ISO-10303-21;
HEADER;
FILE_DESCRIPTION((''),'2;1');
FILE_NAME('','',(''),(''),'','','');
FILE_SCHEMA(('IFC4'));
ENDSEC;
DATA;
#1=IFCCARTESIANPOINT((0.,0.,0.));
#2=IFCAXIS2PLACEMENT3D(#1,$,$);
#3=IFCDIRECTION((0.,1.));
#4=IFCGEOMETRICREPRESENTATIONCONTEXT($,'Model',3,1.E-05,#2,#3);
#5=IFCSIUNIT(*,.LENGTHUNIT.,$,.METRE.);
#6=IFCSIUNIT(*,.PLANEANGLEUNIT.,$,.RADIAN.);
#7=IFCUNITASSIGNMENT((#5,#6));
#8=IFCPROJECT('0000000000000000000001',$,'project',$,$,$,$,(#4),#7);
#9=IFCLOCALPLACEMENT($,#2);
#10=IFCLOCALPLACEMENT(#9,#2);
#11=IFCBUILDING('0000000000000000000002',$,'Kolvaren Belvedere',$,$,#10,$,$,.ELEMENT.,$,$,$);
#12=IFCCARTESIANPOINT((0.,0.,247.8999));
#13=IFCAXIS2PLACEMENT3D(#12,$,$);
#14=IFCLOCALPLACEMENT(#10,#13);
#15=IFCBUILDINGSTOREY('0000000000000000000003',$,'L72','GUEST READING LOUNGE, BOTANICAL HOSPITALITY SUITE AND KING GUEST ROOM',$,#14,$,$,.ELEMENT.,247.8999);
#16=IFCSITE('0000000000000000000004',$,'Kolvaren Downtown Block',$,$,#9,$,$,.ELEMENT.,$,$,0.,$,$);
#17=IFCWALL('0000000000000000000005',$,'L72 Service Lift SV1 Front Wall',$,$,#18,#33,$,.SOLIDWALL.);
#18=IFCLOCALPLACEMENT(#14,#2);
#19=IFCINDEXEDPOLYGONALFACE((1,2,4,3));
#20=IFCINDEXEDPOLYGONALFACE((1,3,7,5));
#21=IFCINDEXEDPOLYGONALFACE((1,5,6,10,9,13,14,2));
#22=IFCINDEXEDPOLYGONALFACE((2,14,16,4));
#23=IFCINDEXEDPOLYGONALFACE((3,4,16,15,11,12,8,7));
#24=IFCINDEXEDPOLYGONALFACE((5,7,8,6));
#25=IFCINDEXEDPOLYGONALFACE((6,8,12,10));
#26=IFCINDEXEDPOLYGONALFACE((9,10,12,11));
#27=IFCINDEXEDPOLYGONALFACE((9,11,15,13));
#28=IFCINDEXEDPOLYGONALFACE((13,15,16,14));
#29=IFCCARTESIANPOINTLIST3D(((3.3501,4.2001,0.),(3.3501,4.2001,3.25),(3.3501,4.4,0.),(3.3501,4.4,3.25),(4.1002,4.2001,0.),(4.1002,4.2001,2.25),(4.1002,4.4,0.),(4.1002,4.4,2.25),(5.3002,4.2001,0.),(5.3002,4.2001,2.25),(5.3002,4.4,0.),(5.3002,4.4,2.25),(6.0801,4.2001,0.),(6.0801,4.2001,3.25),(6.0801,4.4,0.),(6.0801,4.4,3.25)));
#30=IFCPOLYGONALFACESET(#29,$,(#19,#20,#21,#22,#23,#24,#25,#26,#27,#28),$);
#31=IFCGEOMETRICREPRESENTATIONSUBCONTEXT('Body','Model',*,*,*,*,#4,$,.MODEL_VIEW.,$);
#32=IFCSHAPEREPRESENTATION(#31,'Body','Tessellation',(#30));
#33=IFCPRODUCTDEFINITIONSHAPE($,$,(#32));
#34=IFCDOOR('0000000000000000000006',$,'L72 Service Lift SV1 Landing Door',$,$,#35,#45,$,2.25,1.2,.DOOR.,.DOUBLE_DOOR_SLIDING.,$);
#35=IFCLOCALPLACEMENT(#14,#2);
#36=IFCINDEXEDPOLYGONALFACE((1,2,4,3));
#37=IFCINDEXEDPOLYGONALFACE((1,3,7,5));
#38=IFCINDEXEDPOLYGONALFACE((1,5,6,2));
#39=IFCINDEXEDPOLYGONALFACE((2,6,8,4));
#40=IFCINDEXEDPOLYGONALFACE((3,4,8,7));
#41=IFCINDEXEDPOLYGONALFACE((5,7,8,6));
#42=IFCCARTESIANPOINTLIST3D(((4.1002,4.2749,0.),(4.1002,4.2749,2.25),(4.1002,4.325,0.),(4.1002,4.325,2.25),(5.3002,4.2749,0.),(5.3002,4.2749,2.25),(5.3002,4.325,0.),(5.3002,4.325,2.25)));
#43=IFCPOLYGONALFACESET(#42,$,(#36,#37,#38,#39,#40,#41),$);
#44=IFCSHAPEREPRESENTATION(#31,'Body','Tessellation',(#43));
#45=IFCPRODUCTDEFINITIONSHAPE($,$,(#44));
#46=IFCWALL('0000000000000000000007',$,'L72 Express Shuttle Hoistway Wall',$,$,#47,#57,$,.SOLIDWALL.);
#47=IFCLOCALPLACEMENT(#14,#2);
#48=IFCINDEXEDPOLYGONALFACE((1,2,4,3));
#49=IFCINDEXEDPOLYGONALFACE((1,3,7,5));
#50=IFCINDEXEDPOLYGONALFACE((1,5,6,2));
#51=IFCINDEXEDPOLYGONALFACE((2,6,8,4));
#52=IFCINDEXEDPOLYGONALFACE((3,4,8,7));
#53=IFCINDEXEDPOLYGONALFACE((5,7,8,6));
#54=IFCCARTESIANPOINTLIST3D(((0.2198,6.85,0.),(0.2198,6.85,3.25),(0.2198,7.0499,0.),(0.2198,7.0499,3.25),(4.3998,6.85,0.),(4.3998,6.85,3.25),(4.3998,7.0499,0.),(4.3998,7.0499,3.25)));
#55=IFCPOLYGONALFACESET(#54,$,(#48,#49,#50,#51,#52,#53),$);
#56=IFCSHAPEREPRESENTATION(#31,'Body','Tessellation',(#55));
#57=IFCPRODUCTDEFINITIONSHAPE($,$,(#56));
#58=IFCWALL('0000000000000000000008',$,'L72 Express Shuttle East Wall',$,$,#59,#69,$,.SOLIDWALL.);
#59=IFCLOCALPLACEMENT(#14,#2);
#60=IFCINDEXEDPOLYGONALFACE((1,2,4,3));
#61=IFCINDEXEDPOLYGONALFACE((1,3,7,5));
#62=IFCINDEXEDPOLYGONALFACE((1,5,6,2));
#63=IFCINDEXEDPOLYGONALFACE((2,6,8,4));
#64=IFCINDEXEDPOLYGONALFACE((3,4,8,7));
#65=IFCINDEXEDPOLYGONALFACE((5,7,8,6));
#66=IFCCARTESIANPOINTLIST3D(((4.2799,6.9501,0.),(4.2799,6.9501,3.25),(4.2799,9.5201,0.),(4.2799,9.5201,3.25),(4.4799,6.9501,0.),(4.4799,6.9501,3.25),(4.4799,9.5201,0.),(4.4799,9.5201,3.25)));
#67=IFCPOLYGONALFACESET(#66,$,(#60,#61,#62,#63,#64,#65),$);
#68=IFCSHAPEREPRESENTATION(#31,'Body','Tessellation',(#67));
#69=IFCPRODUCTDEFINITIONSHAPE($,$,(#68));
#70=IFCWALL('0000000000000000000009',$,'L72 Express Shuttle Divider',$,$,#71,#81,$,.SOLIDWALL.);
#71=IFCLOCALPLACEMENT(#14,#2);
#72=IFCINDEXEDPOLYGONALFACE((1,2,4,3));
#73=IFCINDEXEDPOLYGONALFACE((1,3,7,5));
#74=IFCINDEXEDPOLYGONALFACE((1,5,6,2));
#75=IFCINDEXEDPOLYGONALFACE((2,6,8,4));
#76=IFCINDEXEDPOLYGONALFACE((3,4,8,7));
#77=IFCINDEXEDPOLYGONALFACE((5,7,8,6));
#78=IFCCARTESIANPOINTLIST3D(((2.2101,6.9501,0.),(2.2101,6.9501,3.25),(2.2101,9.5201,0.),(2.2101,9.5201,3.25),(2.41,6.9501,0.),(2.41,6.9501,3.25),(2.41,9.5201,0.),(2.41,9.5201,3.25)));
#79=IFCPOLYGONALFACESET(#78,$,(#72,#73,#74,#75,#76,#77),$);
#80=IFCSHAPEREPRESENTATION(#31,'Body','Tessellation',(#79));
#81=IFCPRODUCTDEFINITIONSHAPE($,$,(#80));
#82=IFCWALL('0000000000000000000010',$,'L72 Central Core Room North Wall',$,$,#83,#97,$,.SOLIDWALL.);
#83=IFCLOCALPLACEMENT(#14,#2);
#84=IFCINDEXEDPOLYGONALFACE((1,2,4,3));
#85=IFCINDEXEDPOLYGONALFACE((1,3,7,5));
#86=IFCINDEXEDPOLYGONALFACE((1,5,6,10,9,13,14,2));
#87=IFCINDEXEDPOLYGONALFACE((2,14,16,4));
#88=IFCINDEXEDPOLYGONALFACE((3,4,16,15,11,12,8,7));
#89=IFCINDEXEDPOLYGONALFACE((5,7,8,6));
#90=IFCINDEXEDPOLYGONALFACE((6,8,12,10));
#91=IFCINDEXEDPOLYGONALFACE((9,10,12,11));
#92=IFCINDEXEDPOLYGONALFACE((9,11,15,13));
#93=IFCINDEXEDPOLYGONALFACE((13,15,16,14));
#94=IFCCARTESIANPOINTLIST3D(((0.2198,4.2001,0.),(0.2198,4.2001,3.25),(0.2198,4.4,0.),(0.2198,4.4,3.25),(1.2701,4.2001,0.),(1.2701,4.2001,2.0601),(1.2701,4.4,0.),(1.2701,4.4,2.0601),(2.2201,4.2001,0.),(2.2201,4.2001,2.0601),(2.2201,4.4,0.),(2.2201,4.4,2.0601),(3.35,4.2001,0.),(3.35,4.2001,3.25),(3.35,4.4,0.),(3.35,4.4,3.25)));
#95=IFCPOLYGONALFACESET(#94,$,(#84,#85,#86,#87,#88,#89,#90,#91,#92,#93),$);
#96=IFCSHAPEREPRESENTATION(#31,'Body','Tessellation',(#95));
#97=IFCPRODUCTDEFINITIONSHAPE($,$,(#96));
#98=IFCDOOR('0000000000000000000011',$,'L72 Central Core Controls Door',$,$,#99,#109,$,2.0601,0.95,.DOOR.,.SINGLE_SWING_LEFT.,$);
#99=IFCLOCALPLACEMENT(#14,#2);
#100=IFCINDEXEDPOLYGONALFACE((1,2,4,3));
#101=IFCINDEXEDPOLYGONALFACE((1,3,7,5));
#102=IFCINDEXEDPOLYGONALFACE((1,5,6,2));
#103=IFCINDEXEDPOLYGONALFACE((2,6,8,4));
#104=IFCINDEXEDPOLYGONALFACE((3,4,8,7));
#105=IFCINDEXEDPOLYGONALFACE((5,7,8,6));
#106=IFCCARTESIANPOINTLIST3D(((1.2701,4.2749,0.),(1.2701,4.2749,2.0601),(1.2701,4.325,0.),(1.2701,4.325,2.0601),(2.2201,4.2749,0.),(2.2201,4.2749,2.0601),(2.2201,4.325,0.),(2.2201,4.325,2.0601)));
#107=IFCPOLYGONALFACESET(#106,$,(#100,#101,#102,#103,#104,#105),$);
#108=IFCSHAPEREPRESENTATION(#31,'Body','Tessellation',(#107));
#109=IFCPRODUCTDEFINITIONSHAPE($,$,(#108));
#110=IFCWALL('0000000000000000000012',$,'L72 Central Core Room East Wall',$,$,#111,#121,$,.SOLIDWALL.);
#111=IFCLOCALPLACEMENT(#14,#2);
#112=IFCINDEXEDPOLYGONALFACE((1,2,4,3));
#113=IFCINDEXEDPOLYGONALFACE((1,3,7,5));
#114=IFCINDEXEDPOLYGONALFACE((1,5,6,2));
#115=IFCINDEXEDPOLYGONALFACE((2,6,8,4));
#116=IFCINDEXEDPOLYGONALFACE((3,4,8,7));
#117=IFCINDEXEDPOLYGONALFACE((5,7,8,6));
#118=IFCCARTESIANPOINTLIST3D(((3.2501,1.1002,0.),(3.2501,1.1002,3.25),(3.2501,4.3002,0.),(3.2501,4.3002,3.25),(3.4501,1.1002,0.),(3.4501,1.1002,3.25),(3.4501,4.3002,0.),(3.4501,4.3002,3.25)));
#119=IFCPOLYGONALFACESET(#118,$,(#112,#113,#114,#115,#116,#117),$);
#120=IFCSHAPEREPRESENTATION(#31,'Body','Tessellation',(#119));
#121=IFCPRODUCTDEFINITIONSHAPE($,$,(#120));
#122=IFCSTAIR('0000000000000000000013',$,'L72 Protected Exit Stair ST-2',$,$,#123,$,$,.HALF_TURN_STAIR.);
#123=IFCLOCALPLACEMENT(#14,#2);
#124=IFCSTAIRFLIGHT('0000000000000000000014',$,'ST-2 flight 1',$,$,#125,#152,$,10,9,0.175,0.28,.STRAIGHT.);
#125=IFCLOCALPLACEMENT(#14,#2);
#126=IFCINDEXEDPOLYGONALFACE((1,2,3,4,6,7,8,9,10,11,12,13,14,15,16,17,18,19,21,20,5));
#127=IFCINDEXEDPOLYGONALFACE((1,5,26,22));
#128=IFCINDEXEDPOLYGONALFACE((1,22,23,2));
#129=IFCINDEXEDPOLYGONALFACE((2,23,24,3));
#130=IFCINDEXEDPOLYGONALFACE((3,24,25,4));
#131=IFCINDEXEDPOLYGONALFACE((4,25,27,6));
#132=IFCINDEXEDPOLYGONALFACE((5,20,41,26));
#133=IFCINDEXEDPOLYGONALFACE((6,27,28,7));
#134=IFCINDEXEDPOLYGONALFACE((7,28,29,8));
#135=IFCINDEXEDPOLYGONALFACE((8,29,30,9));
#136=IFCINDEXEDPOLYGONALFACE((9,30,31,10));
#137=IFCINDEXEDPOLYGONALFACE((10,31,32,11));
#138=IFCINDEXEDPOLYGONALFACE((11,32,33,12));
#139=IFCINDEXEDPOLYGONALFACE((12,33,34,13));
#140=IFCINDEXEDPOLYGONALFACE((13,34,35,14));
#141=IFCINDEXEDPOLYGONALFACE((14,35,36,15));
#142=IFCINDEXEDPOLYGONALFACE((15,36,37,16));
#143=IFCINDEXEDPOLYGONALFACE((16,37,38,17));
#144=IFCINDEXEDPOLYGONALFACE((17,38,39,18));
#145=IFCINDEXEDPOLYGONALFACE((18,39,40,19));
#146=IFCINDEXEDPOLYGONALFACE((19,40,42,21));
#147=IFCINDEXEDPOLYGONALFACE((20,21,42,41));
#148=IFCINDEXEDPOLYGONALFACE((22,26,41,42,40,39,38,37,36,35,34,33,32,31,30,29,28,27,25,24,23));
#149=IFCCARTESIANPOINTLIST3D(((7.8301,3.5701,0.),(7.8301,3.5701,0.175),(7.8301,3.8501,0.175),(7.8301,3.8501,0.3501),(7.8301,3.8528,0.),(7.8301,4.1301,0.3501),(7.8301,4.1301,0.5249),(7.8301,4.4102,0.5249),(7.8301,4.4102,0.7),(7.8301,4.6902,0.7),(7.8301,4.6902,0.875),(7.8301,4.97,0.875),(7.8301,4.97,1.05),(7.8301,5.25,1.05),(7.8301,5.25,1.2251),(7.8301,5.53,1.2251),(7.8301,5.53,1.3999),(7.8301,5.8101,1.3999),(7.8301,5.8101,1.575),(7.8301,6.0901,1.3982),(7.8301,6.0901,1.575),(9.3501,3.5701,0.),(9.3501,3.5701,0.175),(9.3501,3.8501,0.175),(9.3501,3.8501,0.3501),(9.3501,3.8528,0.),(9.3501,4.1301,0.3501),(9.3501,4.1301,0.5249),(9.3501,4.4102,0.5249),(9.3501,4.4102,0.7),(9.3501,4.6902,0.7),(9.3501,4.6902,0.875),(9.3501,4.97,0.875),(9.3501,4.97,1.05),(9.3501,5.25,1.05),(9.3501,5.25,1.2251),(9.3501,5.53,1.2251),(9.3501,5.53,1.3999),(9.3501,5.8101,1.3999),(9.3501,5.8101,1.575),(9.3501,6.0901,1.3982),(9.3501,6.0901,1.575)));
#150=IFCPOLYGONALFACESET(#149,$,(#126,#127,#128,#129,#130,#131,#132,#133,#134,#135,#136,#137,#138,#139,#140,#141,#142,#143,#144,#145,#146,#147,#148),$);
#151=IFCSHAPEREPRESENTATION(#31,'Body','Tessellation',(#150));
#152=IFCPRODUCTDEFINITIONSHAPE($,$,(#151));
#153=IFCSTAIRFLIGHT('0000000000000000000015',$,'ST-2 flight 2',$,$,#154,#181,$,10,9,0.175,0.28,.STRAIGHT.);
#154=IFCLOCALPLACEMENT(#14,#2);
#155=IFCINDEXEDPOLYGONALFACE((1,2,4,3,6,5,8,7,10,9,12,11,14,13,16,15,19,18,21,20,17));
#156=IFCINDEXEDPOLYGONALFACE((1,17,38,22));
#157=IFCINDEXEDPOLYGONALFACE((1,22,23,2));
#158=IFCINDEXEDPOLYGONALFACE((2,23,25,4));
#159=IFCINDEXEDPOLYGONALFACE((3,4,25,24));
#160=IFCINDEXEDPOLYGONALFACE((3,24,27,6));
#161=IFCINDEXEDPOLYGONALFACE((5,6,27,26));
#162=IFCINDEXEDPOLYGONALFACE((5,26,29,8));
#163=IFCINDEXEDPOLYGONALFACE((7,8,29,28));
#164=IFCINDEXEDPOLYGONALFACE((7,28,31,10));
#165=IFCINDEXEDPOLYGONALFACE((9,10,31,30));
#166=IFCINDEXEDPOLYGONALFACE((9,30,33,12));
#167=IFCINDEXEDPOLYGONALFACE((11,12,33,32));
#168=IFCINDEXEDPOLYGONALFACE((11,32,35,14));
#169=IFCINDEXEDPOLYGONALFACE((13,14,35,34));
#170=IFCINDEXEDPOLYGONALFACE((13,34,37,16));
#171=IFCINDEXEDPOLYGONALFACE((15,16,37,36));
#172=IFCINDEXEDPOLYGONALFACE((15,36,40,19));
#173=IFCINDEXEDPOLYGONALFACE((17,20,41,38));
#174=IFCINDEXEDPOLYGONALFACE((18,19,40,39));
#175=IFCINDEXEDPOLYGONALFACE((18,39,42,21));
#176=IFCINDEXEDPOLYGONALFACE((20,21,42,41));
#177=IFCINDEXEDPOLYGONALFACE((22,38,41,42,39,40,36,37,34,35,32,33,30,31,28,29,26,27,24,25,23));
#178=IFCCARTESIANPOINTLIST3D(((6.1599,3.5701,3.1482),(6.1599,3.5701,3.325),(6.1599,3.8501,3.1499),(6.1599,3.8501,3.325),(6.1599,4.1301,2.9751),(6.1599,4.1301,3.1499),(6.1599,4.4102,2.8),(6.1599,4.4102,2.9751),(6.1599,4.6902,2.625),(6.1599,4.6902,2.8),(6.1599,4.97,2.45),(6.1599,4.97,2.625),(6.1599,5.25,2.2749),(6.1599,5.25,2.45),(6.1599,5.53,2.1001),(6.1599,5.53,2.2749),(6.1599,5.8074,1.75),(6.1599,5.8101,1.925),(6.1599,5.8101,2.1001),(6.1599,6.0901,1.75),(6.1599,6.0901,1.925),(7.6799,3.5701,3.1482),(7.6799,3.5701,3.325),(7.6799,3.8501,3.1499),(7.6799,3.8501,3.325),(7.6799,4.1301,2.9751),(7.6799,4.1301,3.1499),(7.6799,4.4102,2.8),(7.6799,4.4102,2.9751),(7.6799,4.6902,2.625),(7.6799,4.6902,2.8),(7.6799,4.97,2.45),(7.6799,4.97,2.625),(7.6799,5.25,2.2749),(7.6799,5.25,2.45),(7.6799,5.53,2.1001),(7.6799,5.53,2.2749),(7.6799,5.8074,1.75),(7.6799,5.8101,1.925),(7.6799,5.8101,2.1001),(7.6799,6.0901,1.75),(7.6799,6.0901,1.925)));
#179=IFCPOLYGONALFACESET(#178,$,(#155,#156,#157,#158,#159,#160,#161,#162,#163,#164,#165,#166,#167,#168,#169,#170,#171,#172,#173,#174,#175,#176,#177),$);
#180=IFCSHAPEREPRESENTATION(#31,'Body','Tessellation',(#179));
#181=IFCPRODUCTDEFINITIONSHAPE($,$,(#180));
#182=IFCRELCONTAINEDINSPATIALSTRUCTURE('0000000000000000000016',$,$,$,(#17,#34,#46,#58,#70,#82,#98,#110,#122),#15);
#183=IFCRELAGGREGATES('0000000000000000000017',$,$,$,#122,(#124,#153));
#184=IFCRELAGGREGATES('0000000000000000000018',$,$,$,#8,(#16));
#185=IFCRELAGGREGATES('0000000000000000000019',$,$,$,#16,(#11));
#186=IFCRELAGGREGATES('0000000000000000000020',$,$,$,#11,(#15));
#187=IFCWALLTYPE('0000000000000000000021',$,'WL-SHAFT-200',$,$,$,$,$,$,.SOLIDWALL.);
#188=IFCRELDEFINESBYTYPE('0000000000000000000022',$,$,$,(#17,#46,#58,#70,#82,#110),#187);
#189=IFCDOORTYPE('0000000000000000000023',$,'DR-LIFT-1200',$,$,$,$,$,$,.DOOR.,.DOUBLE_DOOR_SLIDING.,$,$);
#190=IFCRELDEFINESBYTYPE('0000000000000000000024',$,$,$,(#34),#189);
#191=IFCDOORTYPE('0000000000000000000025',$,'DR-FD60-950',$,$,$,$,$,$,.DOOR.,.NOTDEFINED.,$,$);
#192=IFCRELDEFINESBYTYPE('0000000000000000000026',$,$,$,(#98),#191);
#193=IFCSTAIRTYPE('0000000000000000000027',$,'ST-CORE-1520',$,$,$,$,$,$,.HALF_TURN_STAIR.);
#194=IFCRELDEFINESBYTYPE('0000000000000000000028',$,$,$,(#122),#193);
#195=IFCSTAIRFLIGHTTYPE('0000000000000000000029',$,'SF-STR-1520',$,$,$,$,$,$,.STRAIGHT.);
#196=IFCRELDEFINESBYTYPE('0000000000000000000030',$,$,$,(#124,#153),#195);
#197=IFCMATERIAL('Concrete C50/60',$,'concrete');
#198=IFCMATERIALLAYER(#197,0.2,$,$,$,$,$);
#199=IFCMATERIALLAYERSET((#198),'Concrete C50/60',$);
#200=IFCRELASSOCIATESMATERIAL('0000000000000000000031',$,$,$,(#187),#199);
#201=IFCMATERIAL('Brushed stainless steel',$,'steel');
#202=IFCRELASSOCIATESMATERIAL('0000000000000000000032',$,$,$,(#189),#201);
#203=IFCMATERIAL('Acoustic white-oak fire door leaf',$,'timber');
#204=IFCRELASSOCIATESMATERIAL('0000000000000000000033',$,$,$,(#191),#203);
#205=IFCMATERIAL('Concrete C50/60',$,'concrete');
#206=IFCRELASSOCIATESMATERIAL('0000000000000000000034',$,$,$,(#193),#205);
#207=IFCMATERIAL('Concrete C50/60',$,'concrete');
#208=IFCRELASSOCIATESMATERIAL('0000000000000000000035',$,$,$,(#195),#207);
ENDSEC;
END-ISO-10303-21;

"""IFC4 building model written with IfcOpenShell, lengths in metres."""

from ifc_helpers import new_model, si_unit, direction, frame, frame_2d, origin, place, context, subcontext, project, spatial, polyline, rectangle, outline, extrude, material, layer, layer_set, type_object, element, fill, aggregate, save


model = new_model("IFC4")

# Units and contexts
model_context = context("Model", 3, precision=1e-05, world=origin(), true_north=direction((0.0, 1.0)))
body_context = subcontext(model_context, "Body", "Model", "MODEL_VIEW")
ifc_project = project(units=[si_unit("LENGTHUNIT", "METRE"), si_unit("PLANEANGLEUNIT", "RADIAN")], contexts=[model_context])

# Site, building, storey
site_placement = place(None, origin())
site = spatial("IfcSite", under=ifc_project, at=site_placement, Name="Kolvaren Downtown Block", CompositionType="ELEMENT", RefElevation=0.0)
building_placement = place(site_placement, origin())
building = spatial("IfcBuilding", under=site, at=building_placement, Name="Kolvaren Belvedere", CompositionType="ELEMENT")
storey_placement = place(building_placement, frame((0.0, 0.0, 247.8999)))
storey = spatial("IfcBuildingStorey", under=building, at=storey_placement, Name="L72", Description="GUEST READING LOUNGE, BOTANICAL HOSPITALITY SUITE AND KING GUEST ROOM", CompositionType="ELEMENT", Elevation=247.8999)

# Shared definitions
ifc_material_1 = material(Name="Concrete C50/60", Category="concrete")
ifc_layer_1 = layer(ifc_material_1, 0.2)
ifc_layer_set_1 = layer_set([ifc_layer_1], Name="Concrete C50/60")
wall_type_1 = type_object("IfcWallType", Name="WL-SHAFT-200", PredefinedType="SOLIDWALL", material=ifc_layer_set_1)

# Wall, opening, door
wall_1_placement = place(storey_placement, frame((3.3501, 4.3, 0.0), z_axis=(0.0, 0.0, 1.0), x_axis=(1.0, 0.0, 0.0)))
wall_1 = element("IfcWall", 1, at=wall_1_placement, inside=storey, type_object=wall_type_1, Name="L72 Service Lift SV1 Front Wall", PredefinedType="SOLIDWALL", context=body_context, shape_type="SweptSolid", body=[
    extrude(rectangle(XDim=2.73, YDim=0.2, at=frame_2d((1.365, 0.0))), origin(), (0.0, 0.0, 1.0), 3.25),
])
opening_1_placement = place(wall_1_placement, frame((0.75, 0.0, 0.0)))
opening_1 = element("IfcOpeningElement", 2, at=opening_1_placement, cuts=wall_1, PredefinedType="OPENING", context=body_context, shape_type="SweptSolid", body=[
    extrude(rectangle(XDim=1.2, YDim=2.25, at=frame_2d((0.6001, 1.125))), frame((0.0, 0.1099, 0.0), z_axis=(0.0, -1.0, 0.0), x_axis=(1.0, 0.0, 0.0)), (0.0, 0.0, 1.0), 0.22),
])
ifc_material_2 = material(Name="Brushed stainless steel", Category="steel")
door_type_1 = type_object("IfcDoorType", Name="DR-LIFT-1200", OperationType="DOUBLE_DOOR_SLIDING", PredefinedType="DOOR", material=ifc_material_2)
door_1_placement = place(opening_1_placement, origin())
door_1 = element("IfcDoor", 3, at=door_1_placement, inside=storey, type_object=door_type_1, Name="L72 Service Lift SV1 Landing Door", OperationType="DOUBLE_DOOR_SLIDING", OverallHeight=2.25, OverallWidth=1.2, PredefinedType="DOOR", context=body_context, shape_type="SweptSolid", body=[
    extrude(rectangle(XDim=1.2, YDim=2.25, at=frame_2d((0.6001, 1.125))), frame((0.0, 0.0249, 0.0), z_axis=(0.0, -1.0, 0.0), x_axis=(1.0, 0.0, 0.0)), (0.0, 0.0, 1.0), 0.05),
])
fill(opening_1, door_1)

# Walls
wall_2_placement = place(storey_placement, frame((0.22, 6.95, 0.0), z_axis=(0.0, 0.0, 1.0), x_axis=(1.0, 0.0, 0.0)))
element("IfcWall", 4, at=wall_2_placement, inside=storey, type_object=wall_type_1, Name="L72 Express Shuttle Hoistway Wall", PredefinedType="SOLIDWALL", context=body_context, shape_type="SweptSolid", body=[
    extrude(rectangle(XDim=4.1799, YDim=0.2, at=frame_2d((2.0898, 0.0))), origin(), (0.0, 0.0, 1.0), 3.25),
])
for number, where, z_axis, x_axis, name in (
    (5, (4.3799, 6.95, 0.0), (0.0, 0.0, 1.0), (0.0, 1.0, 0.0), "L72 Express Shuttle East Wall"),
    (6, (2.3101, 6.95, 0.0), (0.0, 0.0, 1.0), (0.0, 1.0, 0.0), "L72 Express Shuttle Divider"),
):
    element("IfcWall", number, at=place(storey_placement, frame(where, z_axis=z_axis, x_axis=x_axis)), inside=storey, type_object=wall_type_1, Name=name, PredefinedType="SOLIDWALL", context=body_context, shape_type="SweptSolid", body=[
        extrude(rectangle(XDim=2.5701, YDim=0.2, at=frame_2d((1.2852, 0.0))), origin(), (0.0, 0.0, 1.0), 3.25),
    ])

# Wall, opening, door
wall_3_placement = place(storey_placement, frame((0.22, 4.3, 0.0), z_axis=(0.0, 0.0, 1.0), x_axis=(1.0, 0.0, 0.0)))
wall_3 = element("IfcWall", 7, at=wall_3_placement, inside=storey, type_object=wall_type_1, Name="L72 Central Core Room North Wall", PredefinedType="SOLIDWALL", context=body_context, shape_type="SweptSolid", body=[
    extrude(rectangle(XDim=3.1301, YDim=0.2, at=frame_2d((1.5649, 0.0))), origin(), (0.0, 0.0, 1.0), 3.25),
])
opening_2_placement = place(wall_3_placement, frame((1.05, 0.0, 0.0)))
opening_2 = element("IfcOpeningElement", 8, at=opening_2_placement, cuts=wall_3, PredefinedType="OPENING", context=body_context, shape_type="SweptSolid", body=[
    extrude(rectangle(XDim=0.95, YDim=2.0601, at=frame_2d((0.4751, 1.03))), frame((0.0, 0.1099, 0.0), z_axis=(0.0, -1.0, 0.0), x_axis=(1.0, 0.0, 0.0)), (0.0, 0.0, 1.0), 0.22),
])
ifc_material_3 = material(Name="Acoustic white-oak fire door leaf", Category="timber")
door_type_2 = type_object("IfcDoorType", Name="DR-FD60-950", OperationType="NOTDEFINED", PredefinedType="DOOR", material=ifc_material_3)
door_2_placement = place(opening_2_placement, origin())
door_2 = element("IfcDoor", 9, at=door_2_placement, inside=storey, type_object=door_type_2, Name="L72 Central Core Controls Door", OperationType="SINGLE_SWING_LEFT", OverallHeight=2.0601, OverallWidth=0.95, PredefinedType="DOOR", context=body_context, shape_type="SweptSolid", body=[
    extrude(rectangle(XDim=0.95, YDim=2.0601, at=frame_2d((0.4751, 1.03))), frame((0.0, 0.0249, 0.0), z_axis=(0.0, -1.0, 0.0), x_axis=(1.0, 0.0, 0.0)), (0.0, 0.0, 1.0), 0.05),
])
fill(opening_2, door_2)

# Wall
wall_4_placement = place(storey_placement, frame((3.3501, 1.1001, 0.0), z_axis=(0.0, 0.0, 1.0), x_axis=(0.0, 1.0, 0.0)))
element("IfcWall", 10, at=wall_4_placement, inside=storey, type_object=wall_type_1, Name="L72 Central Core Room East Wall", PredefinedType="SOLIDWALL", context=body_context, shape_type="SweptSolid", body=[
    extrude(rectangle(XDim=3.2, YDim=0.2, at=frame_2d((1.6001, 0.0))), origin(), (0.0, 0.0, 1.0), 3.25),
])

# Stair, stair flights
ifc_material_4 = material(Name="Concrete C50/60", Category="concrete")
stair_type = type_object("IfcStairType", Name="ST-CORE-1520", PredefinedType="HALF_TURN_STAIR", material=ifc_material_4)
stair_placement = place(storey_placement, origin())
stair = element("IfcStair", 11, at=stair_placement, inside=storey, type_object=stair_type, Name="L72 Protected Exit Stair ST-2", PredefinedType="HALF_TURN_STAIR")
ifc_material_5 = material(Name="Concrete C50/60", Category="concrete")
stair_flight_type = type_object("IfcStairFlightType", Name="SF-STR-1520", PredefinedType="STRAIGHT", material=ifc_material_5)
stair_flight_1_placement = place(storey_placement, frame((8.5901, 3.5701, 0.0), z_axis=(0.0, 0.0, 1.0), x_axis=(0.0, 1.0, 0.0)))
stair_flight_1 = element("IfcStairFlight", 12, at=stair_flight_1_placement, type_object=stair_flight_type, Name="ST-2 flight 1", NumberOfRisers=10, NumberOfTreads=9, PredefinedType="STRAIGHT", RiserHeight=0.175, TreadLength=0.28, context=body_context, shape_type="SweptSolid", body=[
    extrude(outline(polyline([(0.0, 0.0), (0.0, 0.175), (0.28, 0.175), (0.28, 0.3501), (0.5601, 0.3501), (0.5601, 0.5249), (0.8401, 0.5249), (0.8401, 0.7), (1.1201, 0.7), (1.1201, 0.875), (1.3999, 0.875), (1.3999, 1.05), (1.6799, 1.05), (1.6799, 1.2251), (1.96, 1.2251), (1.96, 1.3999), (2.24, 1.3999), (2.24, 1.575), (2.52, 1.575), (2.52, 1.75), (2.52, 1.3982), (0.2827, 0.0), (0.0, 0.0)])), frame((0.0, 0.76, 0.0), z_axis=(0.0, -1.0, 0.0), x_axis=(1.0, 0.0, 0.0)), (0.0, 0.0, 1.0), 1.52),
])
stair_flight_2_placement = place(storey_placement, frame((6.9199, 6.0901, 1.75), z_axis=(0.0, 0.0, 1.0), x_axis=(0.0, -1.0, 0.0)))
stair_flight_2 = element("IfcStairFlight", 13, at=stair_flight_2_placement, type_object=stair_flight_type, Name="ST-2 flight 2", NumberOfRisers=10, NumberOfTreads=9, PredefinedType="STRAIGHT", RiserHeight=0.175, TreadLength=0.28, context=body_context, shape_type="SweptSolid", body=[
    extrude(outline(polyline([(0.0, 0.0), (0.0, 0.175), (0.28, 0.175), (0.28, 0.3501), (0.5601, 0.3501), (0.5601, 0.5249), (0.8401, 0.5249), (0.8401, 0.7), (1.1201, 0.7), (1.1201, 0.875), (1.3999, 0.875), (1.3999, 1.05), (1.6799, 1.05), (1.6799, 1.2251), (1.96, 1.2251), (1.96, 1.3999), (2.24, 1.3999), (2.24, 1.575), (2.52, 1.575), (2.52, 1.75), (2.52, 1.3982), (0.2827, 0.0), (0.0, 0.0)])), frame((0.0, 0.76, 0.0), z_axis=(0.0, -1.0, 0.0), x_axis=(1.0, 0.0, 0.0)), (0.0, 0.0, 1.0), 1.52),
])
aggregate(stair, [stair_flight_1, stair_flight_2])

save(model, "model.ifc")
